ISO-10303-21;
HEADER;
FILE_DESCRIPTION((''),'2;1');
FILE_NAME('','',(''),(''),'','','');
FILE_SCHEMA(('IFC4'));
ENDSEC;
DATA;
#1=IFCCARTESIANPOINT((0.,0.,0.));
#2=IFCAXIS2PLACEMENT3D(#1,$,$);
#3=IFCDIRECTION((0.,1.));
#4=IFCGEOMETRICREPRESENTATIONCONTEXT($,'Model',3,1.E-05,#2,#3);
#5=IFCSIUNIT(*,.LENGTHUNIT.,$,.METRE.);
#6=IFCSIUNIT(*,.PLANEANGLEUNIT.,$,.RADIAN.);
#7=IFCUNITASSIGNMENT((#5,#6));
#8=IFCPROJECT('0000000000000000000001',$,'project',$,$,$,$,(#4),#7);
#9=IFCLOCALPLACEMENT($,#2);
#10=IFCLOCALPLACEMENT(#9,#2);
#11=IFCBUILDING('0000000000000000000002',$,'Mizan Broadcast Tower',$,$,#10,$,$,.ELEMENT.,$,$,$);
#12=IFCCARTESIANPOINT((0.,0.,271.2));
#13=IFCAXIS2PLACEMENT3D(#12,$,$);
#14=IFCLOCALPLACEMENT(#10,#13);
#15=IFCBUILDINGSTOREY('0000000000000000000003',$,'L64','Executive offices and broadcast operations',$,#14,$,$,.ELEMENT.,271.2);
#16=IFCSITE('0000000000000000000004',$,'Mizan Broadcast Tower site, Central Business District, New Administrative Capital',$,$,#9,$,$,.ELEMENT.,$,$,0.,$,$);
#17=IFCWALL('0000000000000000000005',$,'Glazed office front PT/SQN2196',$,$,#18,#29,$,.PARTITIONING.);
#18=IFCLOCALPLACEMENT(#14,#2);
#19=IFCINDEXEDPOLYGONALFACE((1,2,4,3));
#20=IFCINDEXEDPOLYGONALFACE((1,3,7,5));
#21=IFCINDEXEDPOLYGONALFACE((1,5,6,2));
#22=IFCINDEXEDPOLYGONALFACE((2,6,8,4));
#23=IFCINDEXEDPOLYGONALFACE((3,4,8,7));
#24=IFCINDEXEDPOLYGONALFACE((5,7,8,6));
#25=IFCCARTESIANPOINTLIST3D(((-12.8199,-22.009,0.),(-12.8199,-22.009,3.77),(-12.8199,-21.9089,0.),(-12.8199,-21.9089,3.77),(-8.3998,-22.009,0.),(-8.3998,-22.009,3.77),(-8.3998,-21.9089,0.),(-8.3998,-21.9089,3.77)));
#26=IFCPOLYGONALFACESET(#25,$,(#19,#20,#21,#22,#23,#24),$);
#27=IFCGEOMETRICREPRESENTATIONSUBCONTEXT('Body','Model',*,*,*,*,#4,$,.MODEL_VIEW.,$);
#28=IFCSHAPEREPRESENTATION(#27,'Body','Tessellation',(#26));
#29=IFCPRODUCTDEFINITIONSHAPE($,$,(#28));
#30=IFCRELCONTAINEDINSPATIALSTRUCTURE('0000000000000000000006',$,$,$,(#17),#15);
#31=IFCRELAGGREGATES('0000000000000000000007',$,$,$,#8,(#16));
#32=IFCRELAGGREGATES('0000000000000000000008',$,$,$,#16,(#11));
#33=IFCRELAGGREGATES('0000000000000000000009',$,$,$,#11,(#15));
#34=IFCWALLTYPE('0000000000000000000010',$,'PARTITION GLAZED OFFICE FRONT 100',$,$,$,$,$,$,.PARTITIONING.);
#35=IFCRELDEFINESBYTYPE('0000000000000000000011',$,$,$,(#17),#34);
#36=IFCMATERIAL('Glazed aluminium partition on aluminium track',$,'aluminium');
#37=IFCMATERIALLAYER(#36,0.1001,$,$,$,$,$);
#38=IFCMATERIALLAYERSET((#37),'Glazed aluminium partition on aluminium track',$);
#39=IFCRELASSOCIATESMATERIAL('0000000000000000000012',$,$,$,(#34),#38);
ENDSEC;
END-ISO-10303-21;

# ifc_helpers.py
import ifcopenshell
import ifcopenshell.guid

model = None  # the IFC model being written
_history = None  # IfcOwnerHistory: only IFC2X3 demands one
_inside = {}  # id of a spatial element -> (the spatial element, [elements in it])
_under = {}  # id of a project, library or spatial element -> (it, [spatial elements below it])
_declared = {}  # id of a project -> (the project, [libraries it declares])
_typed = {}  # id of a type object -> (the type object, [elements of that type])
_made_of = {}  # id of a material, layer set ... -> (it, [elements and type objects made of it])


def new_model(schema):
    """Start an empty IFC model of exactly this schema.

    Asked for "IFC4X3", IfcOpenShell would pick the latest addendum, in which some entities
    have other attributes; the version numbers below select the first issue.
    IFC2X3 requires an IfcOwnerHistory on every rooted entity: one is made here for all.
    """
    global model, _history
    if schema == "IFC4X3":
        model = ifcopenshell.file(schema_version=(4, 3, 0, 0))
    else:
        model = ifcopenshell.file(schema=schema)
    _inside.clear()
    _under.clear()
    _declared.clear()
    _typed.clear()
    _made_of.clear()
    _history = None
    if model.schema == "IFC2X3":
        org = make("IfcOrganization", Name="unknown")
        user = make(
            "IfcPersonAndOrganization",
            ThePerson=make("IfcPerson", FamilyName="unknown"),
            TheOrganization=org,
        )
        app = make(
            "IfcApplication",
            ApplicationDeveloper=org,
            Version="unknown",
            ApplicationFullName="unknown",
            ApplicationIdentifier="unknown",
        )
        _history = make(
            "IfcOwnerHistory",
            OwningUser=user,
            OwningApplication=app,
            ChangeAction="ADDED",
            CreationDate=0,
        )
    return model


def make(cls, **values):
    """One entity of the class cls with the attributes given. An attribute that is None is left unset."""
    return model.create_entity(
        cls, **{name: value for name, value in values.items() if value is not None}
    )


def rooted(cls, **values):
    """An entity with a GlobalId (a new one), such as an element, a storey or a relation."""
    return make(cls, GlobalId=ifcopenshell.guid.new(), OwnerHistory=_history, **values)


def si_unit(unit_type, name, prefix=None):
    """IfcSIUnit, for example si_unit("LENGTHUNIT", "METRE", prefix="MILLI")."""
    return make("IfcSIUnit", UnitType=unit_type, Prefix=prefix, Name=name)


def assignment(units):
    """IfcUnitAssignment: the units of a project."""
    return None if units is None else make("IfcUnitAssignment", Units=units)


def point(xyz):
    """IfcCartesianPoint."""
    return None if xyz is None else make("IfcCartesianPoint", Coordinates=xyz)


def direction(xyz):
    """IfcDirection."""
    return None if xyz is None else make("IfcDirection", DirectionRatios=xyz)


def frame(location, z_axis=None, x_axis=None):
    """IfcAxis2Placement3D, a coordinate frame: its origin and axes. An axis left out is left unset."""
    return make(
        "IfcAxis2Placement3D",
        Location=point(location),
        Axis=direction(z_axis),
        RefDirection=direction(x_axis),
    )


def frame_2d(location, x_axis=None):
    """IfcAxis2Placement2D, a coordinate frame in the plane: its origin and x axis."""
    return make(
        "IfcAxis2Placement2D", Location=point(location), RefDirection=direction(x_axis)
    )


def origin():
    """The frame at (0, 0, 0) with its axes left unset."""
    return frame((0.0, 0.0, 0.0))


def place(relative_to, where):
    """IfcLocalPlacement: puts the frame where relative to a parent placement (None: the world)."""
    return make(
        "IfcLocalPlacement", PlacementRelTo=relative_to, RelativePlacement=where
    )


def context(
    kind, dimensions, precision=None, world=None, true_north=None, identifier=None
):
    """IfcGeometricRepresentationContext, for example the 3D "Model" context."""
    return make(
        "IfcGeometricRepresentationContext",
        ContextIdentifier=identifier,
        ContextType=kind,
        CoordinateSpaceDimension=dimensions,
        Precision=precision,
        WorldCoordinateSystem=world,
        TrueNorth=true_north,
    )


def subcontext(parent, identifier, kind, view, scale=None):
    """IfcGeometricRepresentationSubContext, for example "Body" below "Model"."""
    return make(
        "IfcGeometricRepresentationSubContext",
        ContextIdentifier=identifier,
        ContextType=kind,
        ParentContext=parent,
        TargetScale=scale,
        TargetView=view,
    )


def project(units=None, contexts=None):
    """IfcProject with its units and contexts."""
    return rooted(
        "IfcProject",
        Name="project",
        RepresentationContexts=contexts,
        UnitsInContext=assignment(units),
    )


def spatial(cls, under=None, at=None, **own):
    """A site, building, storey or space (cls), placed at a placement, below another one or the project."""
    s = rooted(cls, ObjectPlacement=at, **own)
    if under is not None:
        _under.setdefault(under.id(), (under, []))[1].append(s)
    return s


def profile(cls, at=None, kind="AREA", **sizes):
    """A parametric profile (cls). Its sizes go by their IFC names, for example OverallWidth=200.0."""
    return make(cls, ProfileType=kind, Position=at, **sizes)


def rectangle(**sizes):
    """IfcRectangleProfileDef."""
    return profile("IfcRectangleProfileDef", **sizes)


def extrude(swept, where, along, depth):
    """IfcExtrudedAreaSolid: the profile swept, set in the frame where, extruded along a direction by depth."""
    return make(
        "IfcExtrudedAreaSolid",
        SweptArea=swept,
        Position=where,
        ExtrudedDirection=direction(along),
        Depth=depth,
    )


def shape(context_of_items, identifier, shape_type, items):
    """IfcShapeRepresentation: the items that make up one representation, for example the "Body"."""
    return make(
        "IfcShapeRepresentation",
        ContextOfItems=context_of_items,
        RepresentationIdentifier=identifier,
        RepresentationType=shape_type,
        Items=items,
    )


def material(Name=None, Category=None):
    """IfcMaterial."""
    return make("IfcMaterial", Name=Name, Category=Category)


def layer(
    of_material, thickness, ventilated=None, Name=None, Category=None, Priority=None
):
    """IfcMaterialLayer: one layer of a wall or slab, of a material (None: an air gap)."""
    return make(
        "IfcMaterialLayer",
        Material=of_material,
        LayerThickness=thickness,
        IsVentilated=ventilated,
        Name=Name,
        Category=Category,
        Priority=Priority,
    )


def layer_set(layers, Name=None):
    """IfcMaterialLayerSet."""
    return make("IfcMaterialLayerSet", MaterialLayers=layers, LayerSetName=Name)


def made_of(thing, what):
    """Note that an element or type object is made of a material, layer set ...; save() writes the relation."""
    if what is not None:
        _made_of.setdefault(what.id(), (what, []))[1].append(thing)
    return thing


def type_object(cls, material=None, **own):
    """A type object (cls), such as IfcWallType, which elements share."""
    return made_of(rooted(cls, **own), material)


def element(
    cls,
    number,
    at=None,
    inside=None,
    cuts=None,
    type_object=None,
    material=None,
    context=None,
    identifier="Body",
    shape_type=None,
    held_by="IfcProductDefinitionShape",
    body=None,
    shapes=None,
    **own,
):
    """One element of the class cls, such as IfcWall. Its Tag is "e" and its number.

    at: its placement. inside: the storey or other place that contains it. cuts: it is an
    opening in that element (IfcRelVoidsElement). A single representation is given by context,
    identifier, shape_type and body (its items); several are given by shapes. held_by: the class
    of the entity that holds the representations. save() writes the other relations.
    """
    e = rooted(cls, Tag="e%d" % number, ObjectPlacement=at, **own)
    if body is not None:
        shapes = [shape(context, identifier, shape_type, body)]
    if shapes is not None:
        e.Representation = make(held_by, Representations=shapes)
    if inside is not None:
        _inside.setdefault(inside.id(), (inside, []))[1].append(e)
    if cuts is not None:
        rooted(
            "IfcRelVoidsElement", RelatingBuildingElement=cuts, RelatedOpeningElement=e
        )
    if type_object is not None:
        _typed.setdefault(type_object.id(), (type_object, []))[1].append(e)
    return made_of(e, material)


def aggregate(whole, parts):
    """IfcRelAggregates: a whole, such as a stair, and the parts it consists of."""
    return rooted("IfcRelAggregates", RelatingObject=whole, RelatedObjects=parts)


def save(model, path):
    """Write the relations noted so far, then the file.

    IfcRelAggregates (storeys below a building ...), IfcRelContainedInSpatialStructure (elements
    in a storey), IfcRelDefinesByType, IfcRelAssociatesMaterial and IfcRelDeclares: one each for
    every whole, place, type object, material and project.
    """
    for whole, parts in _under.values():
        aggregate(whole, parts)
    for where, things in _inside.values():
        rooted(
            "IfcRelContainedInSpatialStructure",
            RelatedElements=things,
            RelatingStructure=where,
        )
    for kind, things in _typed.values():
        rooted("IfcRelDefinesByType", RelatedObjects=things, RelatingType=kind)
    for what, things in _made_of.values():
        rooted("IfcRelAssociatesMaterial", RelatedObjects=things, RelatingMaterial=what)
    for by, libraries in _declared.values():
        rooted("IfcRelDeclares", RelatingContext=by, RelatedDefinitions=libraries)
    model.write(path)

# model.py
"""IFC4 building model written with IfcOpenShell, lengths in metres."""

from ifc_helpers import new_model, si_unit, direction, frame, frame_2d, origin, place, context, subcontext, project, spatial, rectangle, extrude, material, layer, layer_set, type_object, element, save


model = new_model("IFC4")

# Units and contexts
model_context = context("Model", 3, precision=1e-05, world=origin(), true_north=direction((0.0, 1.0)))
body_context = subcontext(model_context, "Body", "Model", "MODEL_VIEW")
ifc_project = project(units=[si_unit("LENGTHUNIT", "METRE"), si_unit("PLANEANGLEUNIT", "RADIAN")], contexts=[model_context])

# Site, building, storey
site_placement = place(None, origin())
site = spatial("IfcSite", under=ifc_project, at=site_placement, Name="Mizan Broadcast Tower site, Central Business District, New Administrative Capital", CompositionType="ELEMENT", RefElevation=0.0)
building_placement = place(site_placement, origin())
building = spatial("IfcBuilding", under=site, at=building_placement, Name="Mizan Broadcast Tower", CompositionType="ELEMENT")
storey_placement = place(building_placement, frame((0.0, 0.0, 271.2)))
storey = spatial("IfcBuildingStorey", under=building, at=storey_placement, Name="L64", Description="Executive offices and broadcast operations", CompositionType="ELEMENT", Elevation=271.2)

# Wall
ifc_material_1 = material(Name="Glazed aluminium partition on aluminium track", Category="aluminium")
ifc_layer_1 = layer(ifc_material_1, 0.1001)
ifc_layer_set_1 = layer_set([ifc_layer_1], Name="Glazed aluminium partition on aluminium track")
wall_type = type_object("IfcWallType", Name="PARTITION GLAZED OFFICE FRONT 100", PredefinedType="PARTITIONING", material=ifc_layer_set_1)
wall_placement = place(storey_placement, frame((-8.3999, -21.959, 0.0), z_axis=(0.0, 0.0, 1.0), x_axis=(-1.0, 0.0, 0.0)))
element("IfcWall", 1, at=wall_placement, inside=storey, type_object=wall_type, Name="Glazed office front PT/SQN2196", PredefinedType="PARTITIONING", context=body_context, shape_type="SweptSolid", body=[
    extrude(rectangle(XDim=4.4202, YDim=0.1001, at=frame_2d((2.21, 0.0))), origin(), (0.0, 0.0, 1.0), 3.77),
])

save(model, "model.ifc")
